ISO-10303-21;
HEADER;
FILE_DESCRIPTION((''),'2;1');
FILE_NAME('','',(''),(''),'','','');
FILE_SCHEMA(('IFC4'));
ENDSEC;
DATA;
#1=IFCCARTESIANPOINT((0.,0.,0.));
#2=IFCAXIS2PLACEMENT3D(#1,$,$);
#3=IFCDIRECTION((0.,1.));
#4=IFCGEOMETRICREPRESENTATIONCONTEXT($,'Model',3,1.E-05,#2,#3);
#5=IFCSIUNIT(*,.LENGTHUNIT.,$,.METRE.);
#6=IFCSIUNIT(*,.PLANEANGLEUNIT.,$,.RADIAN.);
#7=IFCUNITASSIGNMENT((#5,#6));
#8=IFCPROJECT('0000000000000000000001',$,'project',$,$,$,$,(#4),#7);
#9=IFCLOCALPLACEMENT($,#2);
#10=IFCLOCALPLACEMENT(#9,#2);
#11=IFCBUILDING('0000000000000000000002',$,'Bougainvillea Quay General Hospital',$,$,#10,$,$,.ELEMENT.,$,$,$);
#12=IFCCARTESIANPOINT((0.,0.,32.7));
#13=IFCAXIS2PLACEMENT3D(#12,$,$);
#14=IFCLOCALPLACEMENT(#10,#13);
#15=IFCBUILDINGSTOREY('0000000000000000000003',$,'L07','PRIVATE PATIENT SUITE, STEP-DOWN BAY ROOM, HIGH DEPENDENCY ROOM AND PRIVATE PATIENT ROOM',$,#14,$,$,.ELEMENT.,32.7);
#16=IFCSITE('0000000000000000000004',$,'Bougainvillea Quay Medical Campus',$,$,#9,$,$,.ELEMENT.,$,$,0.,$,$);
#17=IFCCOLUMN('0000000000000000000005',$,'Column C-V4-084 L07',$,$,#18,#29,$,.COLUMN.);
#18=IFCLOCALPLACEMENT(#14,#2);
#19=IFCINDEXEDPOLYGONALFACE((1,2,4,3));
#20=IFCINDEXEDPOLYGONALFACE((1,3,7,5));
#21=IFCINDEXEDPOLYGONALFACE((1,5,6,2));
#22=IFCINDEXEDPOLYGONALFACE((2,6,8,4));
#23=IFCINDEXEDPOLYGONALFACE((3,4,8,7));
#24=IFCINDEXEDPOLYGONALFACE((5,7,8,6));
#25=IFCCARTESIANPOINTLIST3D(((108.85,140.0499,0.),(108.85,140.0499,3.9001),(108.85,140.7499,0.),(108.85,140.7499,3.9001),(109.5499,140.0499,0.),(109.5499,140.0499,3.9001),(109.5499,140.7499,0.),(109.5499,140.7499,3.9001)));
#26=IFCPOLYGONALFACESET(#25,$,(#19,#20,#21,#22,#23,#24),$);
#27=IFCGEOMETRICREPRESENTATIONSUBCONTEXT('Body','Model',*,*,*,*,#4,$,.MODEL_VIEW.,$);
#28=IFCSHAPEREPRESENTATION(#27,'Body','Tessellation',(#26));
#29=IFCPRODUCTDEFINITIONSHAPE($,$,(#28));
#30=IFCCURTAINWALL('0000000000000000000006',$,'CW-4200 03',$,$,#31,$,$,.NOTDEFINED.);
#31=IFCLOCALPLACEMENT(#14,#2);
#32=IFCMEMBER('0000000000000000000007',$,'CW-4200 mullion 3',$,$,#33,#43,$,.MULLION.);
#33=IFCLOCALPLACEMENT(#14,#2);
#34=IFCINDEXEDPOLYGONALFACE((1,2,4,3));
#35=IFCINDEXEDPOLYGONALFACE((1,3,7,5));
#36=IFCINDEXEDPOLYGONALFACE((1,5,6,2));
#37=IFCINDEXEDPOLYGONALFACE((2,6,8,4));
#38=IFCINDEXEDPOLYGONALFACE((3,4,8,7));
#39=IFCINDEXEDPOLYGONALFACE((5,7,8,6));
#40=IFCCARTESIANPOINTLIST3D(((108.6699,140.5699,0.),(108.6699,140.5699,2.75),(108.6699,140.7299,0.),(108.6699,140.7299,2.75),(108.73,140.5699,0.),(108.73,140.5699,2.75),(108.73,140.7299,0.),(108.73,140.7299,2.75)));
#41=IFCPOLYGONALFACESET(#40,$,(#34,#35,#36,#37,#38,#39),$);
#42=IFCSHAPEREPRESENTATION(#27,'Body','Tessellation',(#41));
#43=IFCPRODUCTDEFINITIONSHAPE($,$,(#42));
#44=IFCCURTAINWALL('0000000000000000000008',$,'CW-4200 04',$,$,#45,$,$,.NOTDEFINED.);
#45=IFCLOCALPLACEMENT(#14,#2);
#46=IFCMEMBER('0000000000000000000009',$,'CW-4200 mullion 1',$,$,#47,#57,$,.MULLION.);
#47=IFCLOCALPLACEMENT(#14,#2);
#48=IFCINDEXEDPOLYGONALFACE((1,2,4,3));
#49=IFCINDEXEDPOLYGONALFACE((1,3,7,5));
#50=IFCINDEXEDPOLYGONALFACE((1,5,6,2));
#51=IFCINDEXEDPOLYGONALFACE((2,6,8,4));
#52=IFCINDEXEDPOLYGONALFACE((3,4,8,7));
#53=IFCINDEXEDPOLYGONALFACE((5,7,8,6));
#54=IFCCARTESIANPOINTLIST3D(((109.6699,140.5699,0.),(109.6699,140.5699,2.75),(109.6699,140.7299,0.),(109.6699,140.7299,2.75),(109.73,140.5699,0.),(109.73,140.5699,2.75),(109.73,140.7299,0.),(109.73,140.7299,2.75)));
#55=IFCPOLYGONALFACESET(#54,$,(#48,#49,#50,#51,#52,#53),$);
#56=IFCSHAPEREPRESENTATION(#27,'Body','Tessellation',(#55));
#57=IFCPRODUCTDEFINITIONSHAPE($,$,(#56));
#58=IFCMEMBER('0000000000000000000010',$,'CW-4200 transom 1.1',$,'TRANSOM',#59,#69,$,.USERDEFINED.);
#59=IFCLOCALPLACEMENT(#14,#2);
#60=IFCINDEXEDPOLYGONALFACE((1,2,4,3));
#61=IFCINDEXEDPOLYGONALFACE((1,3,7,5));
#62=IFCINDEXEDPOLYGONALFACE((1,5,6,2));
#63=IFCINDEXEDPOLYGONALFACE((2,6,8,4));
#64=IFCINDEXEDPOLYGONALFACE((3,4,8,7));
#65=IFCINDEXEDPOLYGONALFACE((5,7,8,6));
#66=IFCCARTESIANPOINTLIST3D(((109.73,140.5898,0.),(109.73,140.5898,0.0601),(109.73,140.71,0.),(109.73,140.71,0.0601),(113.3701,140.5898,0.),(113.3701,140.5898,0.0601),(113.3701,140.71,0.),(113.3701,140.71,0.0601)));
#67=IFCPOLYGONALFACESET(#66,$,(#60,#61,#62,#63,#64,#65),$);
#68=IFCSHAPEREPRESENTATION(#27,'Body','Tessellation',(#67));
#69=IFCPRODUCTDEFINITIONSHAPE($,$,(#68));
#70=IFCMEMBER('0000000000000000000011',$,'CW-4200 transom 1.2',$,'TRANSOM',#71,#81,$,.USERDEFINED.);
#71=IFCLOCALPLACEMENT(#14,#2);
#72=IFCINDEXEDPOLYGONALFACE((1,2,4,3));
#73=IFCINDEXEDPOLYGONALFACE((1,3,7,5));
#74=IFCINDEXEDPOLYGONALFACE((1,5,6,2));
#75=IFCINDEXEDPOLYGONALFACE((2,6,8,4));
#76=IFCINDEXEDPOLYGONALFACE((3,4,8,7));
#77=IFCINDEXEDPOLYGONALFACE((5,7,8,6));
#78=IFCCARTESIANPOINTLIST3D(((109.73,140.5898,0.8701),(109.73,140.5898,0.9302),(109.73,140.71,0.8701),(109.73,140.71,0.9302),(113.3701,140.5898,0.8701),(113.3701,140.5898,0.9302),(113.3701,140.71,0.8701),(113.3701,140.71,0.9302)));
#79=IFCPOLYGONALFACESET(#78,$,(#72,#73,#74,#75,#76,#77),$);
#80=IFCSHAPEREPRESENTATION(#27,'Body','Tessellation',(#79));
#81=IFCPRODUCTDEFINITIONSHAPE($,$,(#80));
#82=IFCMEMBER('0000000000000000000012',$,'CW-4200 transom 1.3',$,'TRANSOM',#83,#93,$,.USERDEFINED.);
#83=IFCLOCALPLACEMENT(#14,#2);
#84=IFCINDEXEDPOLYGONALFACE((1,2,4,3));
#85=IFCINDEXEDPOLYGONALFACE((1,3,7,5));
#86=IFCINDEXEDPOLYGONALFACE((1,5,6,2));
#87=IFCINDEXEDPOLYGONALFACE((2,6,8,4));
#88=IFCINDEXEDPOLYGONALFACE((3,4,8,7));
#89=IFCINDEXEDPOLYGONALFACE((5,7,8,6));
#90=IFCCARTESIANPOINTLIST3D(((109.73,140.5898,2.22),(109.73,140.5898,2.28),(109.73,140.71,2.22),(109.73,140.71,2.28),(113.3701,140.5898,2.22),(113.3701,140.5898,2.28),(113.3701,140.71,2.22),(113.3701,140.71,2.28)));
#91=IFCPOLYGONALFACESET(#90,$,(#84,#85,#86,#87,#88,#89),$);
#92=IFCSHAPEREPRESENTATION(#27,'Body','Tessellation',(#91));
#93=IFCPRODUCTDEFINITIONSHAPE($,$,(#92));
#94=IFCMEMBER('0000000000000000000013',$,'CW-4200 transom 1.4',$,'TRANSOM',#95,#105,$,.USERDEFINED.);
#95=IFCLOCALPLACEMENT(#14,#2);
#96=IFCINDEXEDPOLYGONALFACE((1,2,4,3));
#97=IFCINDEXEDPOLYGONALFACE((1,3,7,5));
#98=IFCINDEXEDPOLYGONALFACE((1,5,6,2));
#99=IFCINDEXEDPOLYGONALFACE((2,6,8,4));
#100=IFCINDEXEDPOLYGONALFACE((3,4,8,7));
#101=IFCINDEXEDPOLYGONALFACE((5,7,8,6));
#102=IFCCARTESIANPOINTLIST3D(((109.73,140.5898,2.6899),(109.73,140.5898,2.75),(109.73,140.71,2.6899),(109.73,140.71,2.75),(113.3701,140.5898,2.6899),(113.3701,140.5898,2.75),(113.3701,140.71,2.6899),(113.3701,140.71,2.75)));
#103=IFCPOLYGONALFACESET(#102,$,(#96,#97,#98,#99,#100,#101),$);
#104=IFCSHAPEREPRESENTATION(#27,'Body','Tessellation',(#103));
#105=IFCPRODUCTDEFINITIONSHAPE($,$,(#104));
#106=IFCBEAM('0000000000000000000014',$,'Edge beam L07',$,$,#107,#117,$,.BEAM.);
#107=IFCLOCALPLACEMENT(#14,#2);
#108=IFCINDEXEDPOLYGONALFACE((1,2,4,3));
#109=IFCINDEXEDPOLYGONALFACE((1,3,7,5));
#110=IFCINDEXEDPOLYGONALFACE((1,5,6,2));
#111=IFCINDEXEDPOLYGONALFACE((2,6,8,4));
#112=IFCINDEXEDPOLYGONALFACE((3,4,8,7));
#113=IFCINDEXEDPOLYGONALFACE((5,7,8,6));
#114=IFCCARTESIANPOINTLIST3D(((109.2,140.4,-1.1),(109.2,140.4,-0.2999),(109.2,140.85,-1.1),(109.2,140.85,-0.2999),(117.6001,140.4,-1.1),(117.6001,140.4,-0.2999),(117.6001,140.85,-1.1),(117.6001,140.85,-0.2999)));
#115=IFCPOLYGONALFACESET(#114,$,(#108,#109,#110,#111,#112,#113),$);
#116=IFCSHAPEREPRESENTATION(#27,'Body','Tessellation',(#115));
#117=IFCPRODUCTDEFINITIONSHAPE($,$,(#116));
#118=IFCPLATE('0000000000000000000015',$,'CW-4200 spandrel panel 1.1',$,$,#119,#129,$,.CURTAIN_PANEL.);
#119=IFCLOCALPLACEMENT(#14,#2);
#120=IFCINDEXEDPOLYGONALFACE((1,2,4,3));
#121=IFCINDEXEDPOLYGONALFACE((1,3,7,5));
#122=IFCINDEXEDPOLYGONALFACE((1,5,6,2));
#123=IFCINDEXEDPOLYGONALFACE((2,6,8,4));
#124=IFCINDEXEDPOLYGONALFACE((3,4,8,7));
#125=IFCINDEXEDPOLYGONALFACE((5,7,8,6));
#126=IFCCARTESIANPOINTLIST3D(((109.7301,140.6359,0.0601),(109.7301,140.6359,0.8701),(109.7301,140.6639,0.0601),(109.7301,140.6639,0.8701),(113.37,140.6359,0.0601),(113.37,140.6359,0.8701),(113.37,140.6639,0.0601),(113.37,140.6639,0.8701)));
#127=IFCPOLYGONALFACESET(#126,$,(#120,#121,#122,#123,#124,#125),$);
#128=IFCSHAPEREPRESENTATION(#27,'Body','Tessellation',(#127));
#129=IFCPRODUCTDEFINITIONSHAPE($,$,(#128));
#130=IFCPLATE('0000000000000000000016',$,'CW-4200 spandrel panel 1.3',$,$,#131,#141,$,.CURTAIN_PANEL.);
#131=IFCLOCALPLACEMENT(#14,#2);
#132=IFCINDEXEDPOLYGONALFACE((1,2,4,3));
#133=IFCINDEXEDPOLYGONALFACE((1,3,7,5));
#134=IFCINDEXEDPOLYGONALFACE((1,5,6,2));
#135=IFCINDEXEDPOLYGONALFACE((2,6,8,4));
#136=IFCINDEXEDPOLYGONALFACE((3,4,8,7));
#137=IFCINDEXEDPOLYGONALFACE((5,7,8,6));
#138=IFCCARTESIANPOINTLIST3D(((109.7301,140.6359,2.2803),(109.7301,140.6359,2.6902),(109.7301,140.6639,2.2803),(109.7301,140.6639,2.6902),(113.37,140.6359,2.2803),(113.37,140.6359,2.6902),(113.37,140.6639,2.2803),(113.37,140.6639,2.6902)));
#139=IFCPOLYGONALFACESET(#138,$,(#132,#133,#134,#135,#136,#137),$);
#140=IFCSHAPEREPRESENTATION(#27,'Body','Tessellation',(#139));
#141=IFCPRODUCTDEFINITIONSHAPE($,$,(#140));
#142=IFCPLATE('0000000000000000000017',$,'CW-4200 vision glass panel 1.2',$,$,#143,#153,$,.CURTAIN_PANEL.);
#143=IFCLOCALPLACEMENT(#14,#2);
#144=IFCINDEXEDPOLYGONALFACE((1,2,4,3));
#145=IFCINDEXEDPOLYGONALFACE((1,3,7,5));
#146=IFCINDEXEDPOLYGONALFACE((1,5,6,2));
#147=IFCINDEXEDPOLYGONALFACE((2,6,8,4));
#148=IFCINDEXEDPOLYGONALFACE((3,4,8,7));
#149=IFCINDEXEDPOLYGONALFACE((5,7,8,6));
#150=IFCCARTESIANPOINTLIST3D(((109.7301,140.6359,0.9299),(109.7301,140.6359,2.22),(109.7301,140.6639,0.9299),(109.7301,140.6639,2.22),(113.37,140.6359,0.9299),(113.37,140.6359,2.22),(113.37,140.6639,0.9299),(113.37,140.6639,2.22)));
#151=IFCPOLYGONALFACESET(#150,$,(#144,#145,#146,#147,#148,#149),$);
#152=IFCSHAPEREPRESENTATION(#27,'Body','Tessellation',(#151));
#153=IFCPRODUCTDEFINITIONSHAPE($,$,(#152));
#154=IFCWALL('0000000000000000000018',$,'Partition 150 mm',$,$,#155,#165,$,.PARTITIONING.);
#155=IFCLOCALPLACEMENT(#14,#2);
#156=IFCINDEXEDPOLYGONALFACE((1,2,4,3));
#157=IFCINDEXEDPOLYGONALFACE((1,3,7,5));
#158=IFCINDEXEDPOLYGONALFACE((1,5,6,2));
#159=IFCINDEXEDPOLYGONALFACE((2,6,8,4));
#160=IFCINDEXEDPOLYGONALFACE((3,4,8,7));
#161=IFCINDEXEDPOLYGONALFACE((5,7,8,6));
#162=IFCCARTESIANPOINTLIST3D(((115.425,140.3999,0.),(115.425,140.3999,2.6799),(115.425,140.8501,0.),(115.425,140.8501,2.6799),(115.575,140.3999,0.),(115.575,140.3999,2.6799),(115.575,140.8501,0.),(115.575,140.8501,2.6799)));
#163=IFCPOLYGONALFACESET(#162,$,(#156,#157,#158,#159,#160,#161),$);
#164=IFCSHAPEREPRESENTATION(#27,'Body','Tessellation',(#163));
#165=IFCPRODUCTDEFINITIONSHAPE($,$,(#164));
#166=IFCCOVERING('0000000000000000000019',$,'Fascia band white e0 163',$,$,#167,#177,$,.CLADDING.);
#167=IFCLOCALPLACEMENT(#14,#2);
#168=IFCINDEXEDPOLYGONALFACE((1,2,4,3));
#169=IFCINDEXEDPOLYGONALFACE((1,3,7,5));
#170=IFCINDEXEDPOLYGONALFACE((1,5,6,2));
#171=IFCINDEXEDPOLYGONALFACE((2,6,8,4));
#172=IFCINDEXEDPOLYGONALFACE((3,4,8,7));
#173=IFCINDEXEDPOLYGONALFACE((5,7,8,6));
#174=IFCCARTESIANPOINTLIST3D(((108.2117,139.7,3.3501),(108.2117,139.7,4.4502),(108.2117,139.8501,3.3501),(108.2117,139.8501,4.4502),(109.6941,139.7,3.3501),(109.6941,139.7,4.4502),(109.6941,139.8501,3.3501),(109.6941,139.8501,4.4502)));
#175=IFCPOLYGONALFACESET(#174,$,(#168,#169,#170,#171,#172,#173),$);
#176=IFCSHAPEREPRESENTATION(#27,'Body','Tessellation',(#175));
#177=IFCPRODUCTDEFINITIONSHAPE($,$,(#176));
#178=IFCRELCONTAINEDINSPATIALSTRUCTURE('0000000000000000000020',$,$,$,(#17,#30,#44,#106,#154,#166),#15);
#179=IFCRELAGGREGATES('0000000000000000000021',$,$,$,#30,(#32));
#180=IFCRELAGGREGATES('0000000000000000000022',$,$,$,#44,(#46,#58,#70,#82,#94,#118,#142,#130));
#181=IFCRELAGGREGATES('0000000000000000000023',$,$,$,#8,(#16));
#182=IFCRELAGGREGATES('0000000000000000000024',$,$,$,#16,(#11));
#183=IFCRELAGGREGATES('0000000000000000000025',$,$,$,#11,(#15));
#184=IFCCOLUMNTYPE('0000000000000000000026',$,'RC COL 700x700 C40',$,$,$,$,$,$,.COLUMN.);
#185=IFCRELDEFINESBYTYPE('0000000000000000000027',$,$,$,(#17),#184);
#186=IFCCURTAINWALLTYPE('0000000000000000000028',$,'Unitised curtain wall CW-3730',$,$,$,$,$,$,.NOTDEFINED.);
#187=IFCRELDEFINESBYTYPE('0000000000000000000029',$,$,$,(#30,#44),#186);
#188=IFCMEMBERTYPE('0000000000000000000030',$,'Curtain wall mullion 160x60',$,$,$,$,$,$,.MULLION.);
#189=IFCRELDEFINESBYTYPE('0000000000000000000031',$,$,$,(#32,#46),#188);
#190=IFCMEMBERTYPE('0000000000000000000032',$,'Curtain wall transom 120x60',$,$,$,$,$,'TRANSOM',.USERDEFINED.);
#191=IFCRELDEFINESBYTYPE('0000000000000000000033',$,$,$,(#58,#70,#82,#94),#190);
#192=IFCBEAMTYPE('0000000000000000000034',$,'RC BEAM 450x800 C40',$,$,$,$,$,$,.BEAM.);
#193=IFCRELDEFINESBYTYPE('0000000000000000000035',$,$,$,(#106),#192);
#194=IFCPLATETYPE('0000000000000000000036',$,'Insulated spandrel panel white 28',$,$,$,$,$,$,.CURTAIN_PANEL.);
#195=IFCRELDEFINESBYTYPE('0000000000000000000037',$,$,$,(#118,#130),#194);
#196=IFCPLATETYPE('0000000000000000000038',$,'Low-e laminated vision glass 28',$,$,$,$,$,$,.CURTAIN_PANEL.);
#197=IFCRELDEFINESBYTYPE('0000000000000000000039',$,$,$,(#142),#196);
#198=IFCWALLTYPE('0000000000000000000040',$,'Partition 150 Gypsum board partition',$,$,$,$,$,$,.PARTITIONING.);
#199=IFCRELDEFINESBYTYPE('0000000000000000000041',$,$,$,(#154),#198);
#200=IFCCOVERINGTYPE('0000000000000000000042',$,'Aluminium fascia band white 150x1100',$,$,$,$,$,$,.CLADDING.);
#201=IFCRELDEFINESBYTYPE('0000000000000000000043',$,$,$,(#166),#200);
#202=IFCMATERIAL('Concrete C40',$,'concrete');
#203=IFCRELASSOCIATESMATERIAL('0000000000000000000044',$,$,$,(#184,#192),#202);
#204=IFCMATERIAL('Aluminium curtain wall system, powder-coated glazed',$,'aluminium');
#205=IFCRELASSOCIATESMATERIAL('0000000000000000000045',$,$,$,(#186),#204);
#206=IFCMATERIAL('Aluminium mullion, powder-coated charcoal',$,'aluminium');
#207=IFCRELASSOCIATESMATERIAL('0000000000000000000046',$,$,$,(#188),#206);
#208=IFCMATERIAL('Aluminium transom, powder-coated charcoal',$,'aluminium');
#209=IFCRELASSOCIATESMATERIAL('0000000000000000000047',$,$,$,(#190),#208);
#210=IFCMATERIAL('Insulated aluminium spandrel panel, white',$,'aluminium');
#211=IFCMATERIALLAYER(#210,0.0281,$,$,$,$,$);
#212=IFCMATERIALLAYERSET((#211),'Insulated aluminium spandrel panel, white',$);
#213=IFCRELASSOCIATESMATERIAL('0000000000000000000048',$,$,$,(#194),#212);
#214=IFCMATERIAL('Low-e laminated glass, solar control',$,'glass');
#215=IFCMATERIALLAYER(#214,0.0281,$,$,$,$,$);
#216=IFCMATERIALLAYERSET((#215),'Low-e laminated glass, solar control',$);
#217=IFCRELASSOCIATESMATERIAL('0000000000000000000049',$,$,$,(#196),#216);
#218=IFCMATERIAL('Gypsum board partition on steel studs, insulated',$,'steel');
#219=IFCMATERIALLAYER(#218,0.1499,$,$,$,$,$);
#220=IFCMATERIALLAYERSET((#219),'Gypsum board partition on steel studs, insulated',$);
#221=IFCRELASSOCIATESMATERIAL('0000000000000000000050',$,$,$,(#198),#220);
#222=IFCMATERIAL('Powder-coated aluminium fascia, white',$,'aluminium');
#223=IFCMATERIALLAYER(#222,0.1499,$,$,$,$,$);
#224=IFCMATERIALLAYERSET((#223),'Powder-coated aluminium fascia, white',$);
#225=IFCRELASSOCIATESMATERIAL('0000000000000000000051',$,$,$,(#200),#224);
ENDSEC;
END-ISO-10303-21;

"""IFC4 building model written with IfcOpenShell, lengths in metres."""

from ifc_helpers import new_model, si_unit, direction, frame, frame_2d, origin, origin_2d, place, context, subcontext, project, spatial, polyline, rectangle, outline, extrude, material, layer, layer_set, material_profile, profile_set, type_object, element, aggregate, save


model = new_model("IFC4")

# Units and contexts
model_context = context("Model", 3, precision=1e-05, world=origin(), true_north=direction((0.0, 1.0)))
body_context = subcontext(model_context, "Body", "Model", "MODEL_VIEW")
ifc_project = project(units=[si_unit("LENGTHUNIT", "METRE"), si_unit("PLANEANGLEUNIT", "RADIAN")], contexts=[model_context])

# Site, building, storey
site_placement = place(None, origin())
site = spatial("IfcSite", under=ifc_project, at=site_placement, Name="Bougainvillea Quay Medical Campus", CompositionType="ELEMENT", RefElevation=0.0)
building_placement = place(site_placement, origin())
building = spatial("IfcBuilding", under=site, at=building_placement, Name="Bougainvillea Quay General Hospital", CompositionType="ELEMENT")
storey_placement = place(building_placement, frame((0.0, 0.0, 32.7)))
storey = spatial("IfcBuildingStorey", under=building, at=storey_placement, Name="L07", Description="PRIVATE PATIENT SUITE, STEP-DOWN BAY ROOM, HIGH DEPENDENCY ROOM AND PRIVATE PATIENT ROOM", CompositionType="ELEMENT", Elevation=32.7)

# Column
ifc_material_1 = material(Name="Concrete C40", Category="concrete")
ifc_material_profile_1 = material_profile(ifc_material_1, rectangle(XDim=0.7, YDim=0.7, at=origin_2d()))
ifc_profile_set_1 = profile_set([ifc_material_profile_1], Name="Concrete C40")
column_type = type_object("IfcColumnType", Name="RC COL 700x700 C40", PredefinedType="COLUMN", material=ifc_profile_set_1)
column_placement = place(storey_placement, frame((109.2, 140.3999, 0.0), z_axis=(0.0, 0.0, 1.0), x_axis=(1.0, 0.0, 0.0)))
element("IfcColumn", 1, at=column_placement, inside=storey, type_object=column_type, Name="Column C-V4-084 L07", PredefinedType="COLUMN", context=body_context, shape_type="SweptSolid", body=[
    extrude(rectangle(XDim=0.7, YDim=0.7, at=origin_2d()), origin(), (0.0, 0.0, 1.0), 3.9001),
])

# Curtain wall, member
ifc_material_2 = material(Name="Aluminium curtain wall system, powder-coated glazed", Category="aluminium")
curtain_wall_type = type_object("IfcCurtainWallType", Name="Unitised curtain wall CW-3730", PredefinedType="NOTDEFINED", material=ifc_material_2)
curtain_wall_1_placement = place(storey_placement, origin())
curtain_wall_1 = element("IfcCurtainWall", 2, at=curtain_wall_1_placement, inside=storey, type_object=curtain_wall_type, Name="CW-4200 03", PredefinedType="NOTDEFINED")
ifc_material_3 = material(Name="Aluminium mullion, powder-coated charcoal", Category="aluminium")
ifc_material_profile_2 = material_profile(ifc_material_3, rectangle(XDim=0.1599, YDim=0.0601, at=origin_2d()))
ifc_profile_set_2 = profile_set([ifc_material_profile_2], Name="Aluminium mullion, powder-coated charcoal")
member_type_1 = type_object("IfcMemberType", Name="Curtain wall mullion 160x60", PredefinedType="MULLION", material=ifc_profile_set_2)
member_1_placement = place(storey_placement, frame((108.7, 140.6499, 0.0), z_axis=(0.0, 0.0, 1.0), x_axis=(0.0, 1.0, 0.0)))
member_1 = element("IfcMember", 3, at=member_1_placement, type_object=member_type_1, Name="CW-4200 mullion 3", PredefinedType="MULLION", context=body_context, shape_type="SweptSolid", body=[
    extrude(rectangle(XDim=0.1599, YDim=0.0601, at=origin_2d()), origin(), (0.0, 0.0, 1.0), 2.75),
])
aggregate(curtain_wall_1, [member_1])

# Curtain wall, members
curtain_wall_2_placement = place(storey_placement, origin())
curtain_wall_2 = element("IfcCurtainWall", 4, at=curtain_wall_2_placement, inside=storey, type_object=curtain_wall_type, Name="CW-4200 04", PredefinedType="NOTDEFINED")
member_2_placement = place(storey_placement, frame((109.7, 140.6499, 0.0), z_axis=(0.0, 0.0, 1.0), x_axis=(0.0, 1.0, 0.0)))
member_2 = element("IfcMember", 5, at=member_2_placement, type_object=member_type_1, Name="CW-4200 mullion 1", PredefinedType="MULLION", context=body_context, shape_type="SweptSolid", body=[
    extrude(rectangle(XDim=0.1599, YDim=0.0601, at=origin_2d()), origin(), (0.0, 0.0, 1.0), 2.75),
])
ifc_material_4 = material(Name="Aluminium transom, powder-coated charcoal", Category="aluminium")
ifc_material_profile_3 = material_profile(ifc_material_4, rectangle(XDim=0.1201, YDim=0.0601, at=origin_2d()))
ifc_profile_set_3 = profile_set([ifc_material_profile_3], Name="Aluminium transom, powder-coated charcoal")
member_type_2 = type_object("IfcMemberType", Name="Curtain wall transom 120x60", ElementType="TRANSOM", PredefinedType="USERDEFINED", material=ifc_profile_set_3)
member_3_placement = place(storey_placement, frame((109.73, 140.6499, 0.03), z_axis=(1.0, 0.0, 0.0), x_axis=(0.0, 1.0, 0.0)))
member_3 = element("IfcMember", 6, at=member_3_placement, type_object=member_type_2, Name="CW-4200 transom 1.1", ObjectType="TRANSOM", PredefinedType="USERDEFINED", context=body_context, shape_type="SweptSolid", body=[
    extrude(rectangle(XDim=0.1201, YDim=0.0601, at=origin_2d()), origin(), (0.0, 0.0, 1.0), 3.6401),
])
member_4_placement = place(storey_placement, frame((109.73, 140.6499, 0.9001), z_axis=(1.0, 0.0, 0.0), x_axis=(0.0, 1.0, 0.0)))
member_4 = element("IfcMember", 7, at=member_4_placement, type_object=member_type_2, Name="CW-4200 transom 1.2", ObjectType="TRANSOM", PredefinedType="USERDEFINED", context=body_context, shape_type="SweptSolid", body=[
    extrude(rectangle(XDim=0.1201, YDim=0.0601, at=origin_2d()), origin(), (0.0, 0.0, 1.0), 3.6401),
])
member_5_placement = place(storey_placement, frame((109.73, 140.6499, 2.25), z_axis=(1.0, 0.0, 0.0), x_axis=(0.0, 1.0, 0.0)))
member_5 = element("IfcMember", 8, at=member_5_placement, type_object=member_type_2, Name="CW-4200 transom 1.3", ObjectType="TRANSOM", PredefinedType="USERDEFINED", context=body_context, shape_type="SweptSolid", body=[
    extrude(rectangle(XDim=0.1201, YDim=0.0601, at=origin_2d()), origin(), (0.0, 0.0, 1.0), 3.6401),
])
member_6_placement = place(storey_placement, frame((109.73, 140.6499, 2.72), z_axis=(1.0, 0.0, 0.0), x_axis=(0.0, 1.0, 0.0)))
member_6 = element("IfcMember", 9, at=member_6_placement, type_object=member_type_2, Name="CW-4200 transom 1.4", ObjectType="TRANSOM", PredefinedType="USERDEFINED", context=body_context, shape_type="SweptSolid", body=[
    extrude(rectangle(XDim=0.1201, YDim=0.0601, at=origin_2d()), origin(), (0.0, 0.0, 1.0), 3.6401),
])

# Beam
ifc_material_profile_4 = material_profile(ifc_material_1, rectangle(XDim=0.45, YDim=0.8, at=origin_2d()))
ifc_profile_set_4 = profile_set([ifc_material_profile_4], Name="Concrete C40")
beam_type = type_object("IfcBeamType", Name="RC BEAM 450x800 C40", PredefinedType="BEAM", material=ifc_profile_set_4)
beam_placement = place(storey_placement, frame((109.2, 140.625, -0.7), z_axis=(1.0, 0.0, 0.0), x_axis=(0.0, 1.0, 0.0)))
element("IfcBeam", 10, at=beam_placement, inside=storey, type_object=beam_type, Name="Edge beam L07", PredefinedType="BEAM", context=body_context, shape_type="SweptSolid", body=[
    extrude(rectangle(XDim=0.45, YDim=0.8, at=origin_2d()), origin(), (0.0, 0.0, 1.0), 8.4001),
])

# Plates
ifc_material_5 = material(Name="Insulated aluminium spandrel panel, white", Category="aluminium")
ifc_layer_1 = layer(ifc_material_5, 0.0281)
ifc_layer_set_1 = layer_set([ifc_layer_1], Name="Insulated aluminium spandrel panel, white")
plate_type_1 = type_object("IfcPlateType", Name="Insulated spandrel panel white 28", PredefinedType="CURTAIN_PANEL", material=ifc_layer_set_1)
plate_1_placement = place(storey_placement, frame((111.55, 140.6499, 0.0601), z_axis=(0.0, 0.0, 1.0), x_axis=(1.0, 0.0, 0.0)))
plate_1 = element("IfcPlate", 11, at=plate_1_placement, type_object=plate_type_1, Name="CW-4200 spandrel panel 1.1", PredefinedType="CURTAIN_PANEL", context=body_context, shape_type="SweptSolid", body=[
    extrude(rectangle(XDim=3.6399, YDim=0.0281, at=origin_2d()), origin(), (0.0, 0.0, 1.0), 0.8101),
])
plate_2_placement = place(storey_placement, frame((111.55, 140.6499, 2.2803), z_axis=(0.0, 0.0, 1.0), x_axis=(1.0, 0.0, 0.0)))
plate_2 = element("IfcPlate", 12, at=plate_2_placement, type_object=plate_type_1, Name="CW-4200 spandrel panel 1.3", PredefinedType="CURTAIN_PANEL", context=body_context, shape_type="SweptSolid", body=[
    extrude(rectangle(XDim=3.6399, YDim=0.0281, at=origin_2d()), origin(), (0.0, 0.0, 1.0), 0.4099),
])
ifc_material_6 = material(Name="Low-e laminated glass, solar control", Category="glass")
ifc_layer_2 = layer(ifc_material_6, 0.0281)
ifc_layer_set_2 = layer_set([ifc_layer_2], Name="Low-e laminated glass, solar control")
plate_type_2 = type_object("IfcPlateType", Name="Low-e laminated vision glass 28", PredefinedType="CURTAIN_PANEL", material=ifc_layer_set_2)
plate_3_placement = place(storey_placement, frame((111.55, 140.6499, 0.9299), z_axis=(0.0, 0.0, 1.0), x_axis=(1.0, 0.0, 0.0)))
plate_3 = element("IfcPlate", 13, at=plate_3_placement, type_object=plate_type_2, Name="CW-4200 vision glass panel 1.2", PredefinedType="CURTAIN_PANEL", context=body_context, shape_type="SweptSolid", body=[
    extrude(rectangle(XDim=3.6399, YDim=0.0281, at=origin_2d()), origin(), (0.0, 0.0, 1.0), 1.29),
])
aggregate(curtain_wall_2, [member_2, member_3, member_4, member_5, member_6, plate_1, plate_3, plate_2])

# Wall
ifc_material_7 = material(Name="Gypsum board partition on steel studs, insulated", Category="steel")
ifc_layer_3 = layer(ifc_material_7, 0.1499)
ifc_layer_set_3 = layer_set([ifc_layer_3], Name="Gypsum board partition on steel studs, insulated")
wall_type = type_object("IfcWallType", Name="Partition 150 Gypsum board partition", PredefinedType="PARTITIONING", material=ifc_layer_set_3)
wall_placement = place(storey_placement, frame((115.5, 140.3999, 0.0), z_axis=(0.0, 0.0, 1.0), x_axis=(0.0, 1.0, 0.0)))
element("IfcWall", 14, at=wall_placement, inside=storey, type_object=wall_type, Name="Partition 150 mm", PredefinedType="PARTITIONING", context=body_context, shape_type="SweptSolid", body=[
    extrude(rectangle(XDim=0.4502, YDim=0.1499, at=frame_2d((0.2251, 0.0))), origin(), (0.0, 0.0, 1.0), 2.6799),
])

# Covering
ifc_material_8 = material(Name="Powder-coated aluminium fascia, white", Category="aluminium")
ifc_layer_4 = layer(ifc_material_8, 0.1499)
ifc_layer_set_4 = layer_set([ifc_layer_4], Name="Powder-coated aluminium fascia, white")
covering_type = type_object("IfcCoveringType", Name="Aluminium fascia band white 150x1100", PredefinedType="CLADDING", material=ifc_layer_set_4)
for number, where, z_axis, x_axis, name in (
    (15, (108.2117, 139.8501, 3.3501), (0.0, 0.0, 1.0), (1.0, 0.0, 0.0), "Fascia band white e0 163"),
):
    element("IfcCovering", number, at=place(storey_placement, frame(where, z_axis=z_axis, x_axis=x_axis)), inside=storey, type_object=covering_type, Name=name, PredefinedType="CLADDING", context=body_context, shape_type="SweptSolid", body=[
        extrude(outline(polyline([(0.0, 0.0), (1.4824, 0.0), (1.4824, -0.1501), (0.0, -0.1501), (0.0, 0.0)])), origin(), (0.0, 0.0, 1.0), 1.1001),
    ])

save(model, "model.ifc")
